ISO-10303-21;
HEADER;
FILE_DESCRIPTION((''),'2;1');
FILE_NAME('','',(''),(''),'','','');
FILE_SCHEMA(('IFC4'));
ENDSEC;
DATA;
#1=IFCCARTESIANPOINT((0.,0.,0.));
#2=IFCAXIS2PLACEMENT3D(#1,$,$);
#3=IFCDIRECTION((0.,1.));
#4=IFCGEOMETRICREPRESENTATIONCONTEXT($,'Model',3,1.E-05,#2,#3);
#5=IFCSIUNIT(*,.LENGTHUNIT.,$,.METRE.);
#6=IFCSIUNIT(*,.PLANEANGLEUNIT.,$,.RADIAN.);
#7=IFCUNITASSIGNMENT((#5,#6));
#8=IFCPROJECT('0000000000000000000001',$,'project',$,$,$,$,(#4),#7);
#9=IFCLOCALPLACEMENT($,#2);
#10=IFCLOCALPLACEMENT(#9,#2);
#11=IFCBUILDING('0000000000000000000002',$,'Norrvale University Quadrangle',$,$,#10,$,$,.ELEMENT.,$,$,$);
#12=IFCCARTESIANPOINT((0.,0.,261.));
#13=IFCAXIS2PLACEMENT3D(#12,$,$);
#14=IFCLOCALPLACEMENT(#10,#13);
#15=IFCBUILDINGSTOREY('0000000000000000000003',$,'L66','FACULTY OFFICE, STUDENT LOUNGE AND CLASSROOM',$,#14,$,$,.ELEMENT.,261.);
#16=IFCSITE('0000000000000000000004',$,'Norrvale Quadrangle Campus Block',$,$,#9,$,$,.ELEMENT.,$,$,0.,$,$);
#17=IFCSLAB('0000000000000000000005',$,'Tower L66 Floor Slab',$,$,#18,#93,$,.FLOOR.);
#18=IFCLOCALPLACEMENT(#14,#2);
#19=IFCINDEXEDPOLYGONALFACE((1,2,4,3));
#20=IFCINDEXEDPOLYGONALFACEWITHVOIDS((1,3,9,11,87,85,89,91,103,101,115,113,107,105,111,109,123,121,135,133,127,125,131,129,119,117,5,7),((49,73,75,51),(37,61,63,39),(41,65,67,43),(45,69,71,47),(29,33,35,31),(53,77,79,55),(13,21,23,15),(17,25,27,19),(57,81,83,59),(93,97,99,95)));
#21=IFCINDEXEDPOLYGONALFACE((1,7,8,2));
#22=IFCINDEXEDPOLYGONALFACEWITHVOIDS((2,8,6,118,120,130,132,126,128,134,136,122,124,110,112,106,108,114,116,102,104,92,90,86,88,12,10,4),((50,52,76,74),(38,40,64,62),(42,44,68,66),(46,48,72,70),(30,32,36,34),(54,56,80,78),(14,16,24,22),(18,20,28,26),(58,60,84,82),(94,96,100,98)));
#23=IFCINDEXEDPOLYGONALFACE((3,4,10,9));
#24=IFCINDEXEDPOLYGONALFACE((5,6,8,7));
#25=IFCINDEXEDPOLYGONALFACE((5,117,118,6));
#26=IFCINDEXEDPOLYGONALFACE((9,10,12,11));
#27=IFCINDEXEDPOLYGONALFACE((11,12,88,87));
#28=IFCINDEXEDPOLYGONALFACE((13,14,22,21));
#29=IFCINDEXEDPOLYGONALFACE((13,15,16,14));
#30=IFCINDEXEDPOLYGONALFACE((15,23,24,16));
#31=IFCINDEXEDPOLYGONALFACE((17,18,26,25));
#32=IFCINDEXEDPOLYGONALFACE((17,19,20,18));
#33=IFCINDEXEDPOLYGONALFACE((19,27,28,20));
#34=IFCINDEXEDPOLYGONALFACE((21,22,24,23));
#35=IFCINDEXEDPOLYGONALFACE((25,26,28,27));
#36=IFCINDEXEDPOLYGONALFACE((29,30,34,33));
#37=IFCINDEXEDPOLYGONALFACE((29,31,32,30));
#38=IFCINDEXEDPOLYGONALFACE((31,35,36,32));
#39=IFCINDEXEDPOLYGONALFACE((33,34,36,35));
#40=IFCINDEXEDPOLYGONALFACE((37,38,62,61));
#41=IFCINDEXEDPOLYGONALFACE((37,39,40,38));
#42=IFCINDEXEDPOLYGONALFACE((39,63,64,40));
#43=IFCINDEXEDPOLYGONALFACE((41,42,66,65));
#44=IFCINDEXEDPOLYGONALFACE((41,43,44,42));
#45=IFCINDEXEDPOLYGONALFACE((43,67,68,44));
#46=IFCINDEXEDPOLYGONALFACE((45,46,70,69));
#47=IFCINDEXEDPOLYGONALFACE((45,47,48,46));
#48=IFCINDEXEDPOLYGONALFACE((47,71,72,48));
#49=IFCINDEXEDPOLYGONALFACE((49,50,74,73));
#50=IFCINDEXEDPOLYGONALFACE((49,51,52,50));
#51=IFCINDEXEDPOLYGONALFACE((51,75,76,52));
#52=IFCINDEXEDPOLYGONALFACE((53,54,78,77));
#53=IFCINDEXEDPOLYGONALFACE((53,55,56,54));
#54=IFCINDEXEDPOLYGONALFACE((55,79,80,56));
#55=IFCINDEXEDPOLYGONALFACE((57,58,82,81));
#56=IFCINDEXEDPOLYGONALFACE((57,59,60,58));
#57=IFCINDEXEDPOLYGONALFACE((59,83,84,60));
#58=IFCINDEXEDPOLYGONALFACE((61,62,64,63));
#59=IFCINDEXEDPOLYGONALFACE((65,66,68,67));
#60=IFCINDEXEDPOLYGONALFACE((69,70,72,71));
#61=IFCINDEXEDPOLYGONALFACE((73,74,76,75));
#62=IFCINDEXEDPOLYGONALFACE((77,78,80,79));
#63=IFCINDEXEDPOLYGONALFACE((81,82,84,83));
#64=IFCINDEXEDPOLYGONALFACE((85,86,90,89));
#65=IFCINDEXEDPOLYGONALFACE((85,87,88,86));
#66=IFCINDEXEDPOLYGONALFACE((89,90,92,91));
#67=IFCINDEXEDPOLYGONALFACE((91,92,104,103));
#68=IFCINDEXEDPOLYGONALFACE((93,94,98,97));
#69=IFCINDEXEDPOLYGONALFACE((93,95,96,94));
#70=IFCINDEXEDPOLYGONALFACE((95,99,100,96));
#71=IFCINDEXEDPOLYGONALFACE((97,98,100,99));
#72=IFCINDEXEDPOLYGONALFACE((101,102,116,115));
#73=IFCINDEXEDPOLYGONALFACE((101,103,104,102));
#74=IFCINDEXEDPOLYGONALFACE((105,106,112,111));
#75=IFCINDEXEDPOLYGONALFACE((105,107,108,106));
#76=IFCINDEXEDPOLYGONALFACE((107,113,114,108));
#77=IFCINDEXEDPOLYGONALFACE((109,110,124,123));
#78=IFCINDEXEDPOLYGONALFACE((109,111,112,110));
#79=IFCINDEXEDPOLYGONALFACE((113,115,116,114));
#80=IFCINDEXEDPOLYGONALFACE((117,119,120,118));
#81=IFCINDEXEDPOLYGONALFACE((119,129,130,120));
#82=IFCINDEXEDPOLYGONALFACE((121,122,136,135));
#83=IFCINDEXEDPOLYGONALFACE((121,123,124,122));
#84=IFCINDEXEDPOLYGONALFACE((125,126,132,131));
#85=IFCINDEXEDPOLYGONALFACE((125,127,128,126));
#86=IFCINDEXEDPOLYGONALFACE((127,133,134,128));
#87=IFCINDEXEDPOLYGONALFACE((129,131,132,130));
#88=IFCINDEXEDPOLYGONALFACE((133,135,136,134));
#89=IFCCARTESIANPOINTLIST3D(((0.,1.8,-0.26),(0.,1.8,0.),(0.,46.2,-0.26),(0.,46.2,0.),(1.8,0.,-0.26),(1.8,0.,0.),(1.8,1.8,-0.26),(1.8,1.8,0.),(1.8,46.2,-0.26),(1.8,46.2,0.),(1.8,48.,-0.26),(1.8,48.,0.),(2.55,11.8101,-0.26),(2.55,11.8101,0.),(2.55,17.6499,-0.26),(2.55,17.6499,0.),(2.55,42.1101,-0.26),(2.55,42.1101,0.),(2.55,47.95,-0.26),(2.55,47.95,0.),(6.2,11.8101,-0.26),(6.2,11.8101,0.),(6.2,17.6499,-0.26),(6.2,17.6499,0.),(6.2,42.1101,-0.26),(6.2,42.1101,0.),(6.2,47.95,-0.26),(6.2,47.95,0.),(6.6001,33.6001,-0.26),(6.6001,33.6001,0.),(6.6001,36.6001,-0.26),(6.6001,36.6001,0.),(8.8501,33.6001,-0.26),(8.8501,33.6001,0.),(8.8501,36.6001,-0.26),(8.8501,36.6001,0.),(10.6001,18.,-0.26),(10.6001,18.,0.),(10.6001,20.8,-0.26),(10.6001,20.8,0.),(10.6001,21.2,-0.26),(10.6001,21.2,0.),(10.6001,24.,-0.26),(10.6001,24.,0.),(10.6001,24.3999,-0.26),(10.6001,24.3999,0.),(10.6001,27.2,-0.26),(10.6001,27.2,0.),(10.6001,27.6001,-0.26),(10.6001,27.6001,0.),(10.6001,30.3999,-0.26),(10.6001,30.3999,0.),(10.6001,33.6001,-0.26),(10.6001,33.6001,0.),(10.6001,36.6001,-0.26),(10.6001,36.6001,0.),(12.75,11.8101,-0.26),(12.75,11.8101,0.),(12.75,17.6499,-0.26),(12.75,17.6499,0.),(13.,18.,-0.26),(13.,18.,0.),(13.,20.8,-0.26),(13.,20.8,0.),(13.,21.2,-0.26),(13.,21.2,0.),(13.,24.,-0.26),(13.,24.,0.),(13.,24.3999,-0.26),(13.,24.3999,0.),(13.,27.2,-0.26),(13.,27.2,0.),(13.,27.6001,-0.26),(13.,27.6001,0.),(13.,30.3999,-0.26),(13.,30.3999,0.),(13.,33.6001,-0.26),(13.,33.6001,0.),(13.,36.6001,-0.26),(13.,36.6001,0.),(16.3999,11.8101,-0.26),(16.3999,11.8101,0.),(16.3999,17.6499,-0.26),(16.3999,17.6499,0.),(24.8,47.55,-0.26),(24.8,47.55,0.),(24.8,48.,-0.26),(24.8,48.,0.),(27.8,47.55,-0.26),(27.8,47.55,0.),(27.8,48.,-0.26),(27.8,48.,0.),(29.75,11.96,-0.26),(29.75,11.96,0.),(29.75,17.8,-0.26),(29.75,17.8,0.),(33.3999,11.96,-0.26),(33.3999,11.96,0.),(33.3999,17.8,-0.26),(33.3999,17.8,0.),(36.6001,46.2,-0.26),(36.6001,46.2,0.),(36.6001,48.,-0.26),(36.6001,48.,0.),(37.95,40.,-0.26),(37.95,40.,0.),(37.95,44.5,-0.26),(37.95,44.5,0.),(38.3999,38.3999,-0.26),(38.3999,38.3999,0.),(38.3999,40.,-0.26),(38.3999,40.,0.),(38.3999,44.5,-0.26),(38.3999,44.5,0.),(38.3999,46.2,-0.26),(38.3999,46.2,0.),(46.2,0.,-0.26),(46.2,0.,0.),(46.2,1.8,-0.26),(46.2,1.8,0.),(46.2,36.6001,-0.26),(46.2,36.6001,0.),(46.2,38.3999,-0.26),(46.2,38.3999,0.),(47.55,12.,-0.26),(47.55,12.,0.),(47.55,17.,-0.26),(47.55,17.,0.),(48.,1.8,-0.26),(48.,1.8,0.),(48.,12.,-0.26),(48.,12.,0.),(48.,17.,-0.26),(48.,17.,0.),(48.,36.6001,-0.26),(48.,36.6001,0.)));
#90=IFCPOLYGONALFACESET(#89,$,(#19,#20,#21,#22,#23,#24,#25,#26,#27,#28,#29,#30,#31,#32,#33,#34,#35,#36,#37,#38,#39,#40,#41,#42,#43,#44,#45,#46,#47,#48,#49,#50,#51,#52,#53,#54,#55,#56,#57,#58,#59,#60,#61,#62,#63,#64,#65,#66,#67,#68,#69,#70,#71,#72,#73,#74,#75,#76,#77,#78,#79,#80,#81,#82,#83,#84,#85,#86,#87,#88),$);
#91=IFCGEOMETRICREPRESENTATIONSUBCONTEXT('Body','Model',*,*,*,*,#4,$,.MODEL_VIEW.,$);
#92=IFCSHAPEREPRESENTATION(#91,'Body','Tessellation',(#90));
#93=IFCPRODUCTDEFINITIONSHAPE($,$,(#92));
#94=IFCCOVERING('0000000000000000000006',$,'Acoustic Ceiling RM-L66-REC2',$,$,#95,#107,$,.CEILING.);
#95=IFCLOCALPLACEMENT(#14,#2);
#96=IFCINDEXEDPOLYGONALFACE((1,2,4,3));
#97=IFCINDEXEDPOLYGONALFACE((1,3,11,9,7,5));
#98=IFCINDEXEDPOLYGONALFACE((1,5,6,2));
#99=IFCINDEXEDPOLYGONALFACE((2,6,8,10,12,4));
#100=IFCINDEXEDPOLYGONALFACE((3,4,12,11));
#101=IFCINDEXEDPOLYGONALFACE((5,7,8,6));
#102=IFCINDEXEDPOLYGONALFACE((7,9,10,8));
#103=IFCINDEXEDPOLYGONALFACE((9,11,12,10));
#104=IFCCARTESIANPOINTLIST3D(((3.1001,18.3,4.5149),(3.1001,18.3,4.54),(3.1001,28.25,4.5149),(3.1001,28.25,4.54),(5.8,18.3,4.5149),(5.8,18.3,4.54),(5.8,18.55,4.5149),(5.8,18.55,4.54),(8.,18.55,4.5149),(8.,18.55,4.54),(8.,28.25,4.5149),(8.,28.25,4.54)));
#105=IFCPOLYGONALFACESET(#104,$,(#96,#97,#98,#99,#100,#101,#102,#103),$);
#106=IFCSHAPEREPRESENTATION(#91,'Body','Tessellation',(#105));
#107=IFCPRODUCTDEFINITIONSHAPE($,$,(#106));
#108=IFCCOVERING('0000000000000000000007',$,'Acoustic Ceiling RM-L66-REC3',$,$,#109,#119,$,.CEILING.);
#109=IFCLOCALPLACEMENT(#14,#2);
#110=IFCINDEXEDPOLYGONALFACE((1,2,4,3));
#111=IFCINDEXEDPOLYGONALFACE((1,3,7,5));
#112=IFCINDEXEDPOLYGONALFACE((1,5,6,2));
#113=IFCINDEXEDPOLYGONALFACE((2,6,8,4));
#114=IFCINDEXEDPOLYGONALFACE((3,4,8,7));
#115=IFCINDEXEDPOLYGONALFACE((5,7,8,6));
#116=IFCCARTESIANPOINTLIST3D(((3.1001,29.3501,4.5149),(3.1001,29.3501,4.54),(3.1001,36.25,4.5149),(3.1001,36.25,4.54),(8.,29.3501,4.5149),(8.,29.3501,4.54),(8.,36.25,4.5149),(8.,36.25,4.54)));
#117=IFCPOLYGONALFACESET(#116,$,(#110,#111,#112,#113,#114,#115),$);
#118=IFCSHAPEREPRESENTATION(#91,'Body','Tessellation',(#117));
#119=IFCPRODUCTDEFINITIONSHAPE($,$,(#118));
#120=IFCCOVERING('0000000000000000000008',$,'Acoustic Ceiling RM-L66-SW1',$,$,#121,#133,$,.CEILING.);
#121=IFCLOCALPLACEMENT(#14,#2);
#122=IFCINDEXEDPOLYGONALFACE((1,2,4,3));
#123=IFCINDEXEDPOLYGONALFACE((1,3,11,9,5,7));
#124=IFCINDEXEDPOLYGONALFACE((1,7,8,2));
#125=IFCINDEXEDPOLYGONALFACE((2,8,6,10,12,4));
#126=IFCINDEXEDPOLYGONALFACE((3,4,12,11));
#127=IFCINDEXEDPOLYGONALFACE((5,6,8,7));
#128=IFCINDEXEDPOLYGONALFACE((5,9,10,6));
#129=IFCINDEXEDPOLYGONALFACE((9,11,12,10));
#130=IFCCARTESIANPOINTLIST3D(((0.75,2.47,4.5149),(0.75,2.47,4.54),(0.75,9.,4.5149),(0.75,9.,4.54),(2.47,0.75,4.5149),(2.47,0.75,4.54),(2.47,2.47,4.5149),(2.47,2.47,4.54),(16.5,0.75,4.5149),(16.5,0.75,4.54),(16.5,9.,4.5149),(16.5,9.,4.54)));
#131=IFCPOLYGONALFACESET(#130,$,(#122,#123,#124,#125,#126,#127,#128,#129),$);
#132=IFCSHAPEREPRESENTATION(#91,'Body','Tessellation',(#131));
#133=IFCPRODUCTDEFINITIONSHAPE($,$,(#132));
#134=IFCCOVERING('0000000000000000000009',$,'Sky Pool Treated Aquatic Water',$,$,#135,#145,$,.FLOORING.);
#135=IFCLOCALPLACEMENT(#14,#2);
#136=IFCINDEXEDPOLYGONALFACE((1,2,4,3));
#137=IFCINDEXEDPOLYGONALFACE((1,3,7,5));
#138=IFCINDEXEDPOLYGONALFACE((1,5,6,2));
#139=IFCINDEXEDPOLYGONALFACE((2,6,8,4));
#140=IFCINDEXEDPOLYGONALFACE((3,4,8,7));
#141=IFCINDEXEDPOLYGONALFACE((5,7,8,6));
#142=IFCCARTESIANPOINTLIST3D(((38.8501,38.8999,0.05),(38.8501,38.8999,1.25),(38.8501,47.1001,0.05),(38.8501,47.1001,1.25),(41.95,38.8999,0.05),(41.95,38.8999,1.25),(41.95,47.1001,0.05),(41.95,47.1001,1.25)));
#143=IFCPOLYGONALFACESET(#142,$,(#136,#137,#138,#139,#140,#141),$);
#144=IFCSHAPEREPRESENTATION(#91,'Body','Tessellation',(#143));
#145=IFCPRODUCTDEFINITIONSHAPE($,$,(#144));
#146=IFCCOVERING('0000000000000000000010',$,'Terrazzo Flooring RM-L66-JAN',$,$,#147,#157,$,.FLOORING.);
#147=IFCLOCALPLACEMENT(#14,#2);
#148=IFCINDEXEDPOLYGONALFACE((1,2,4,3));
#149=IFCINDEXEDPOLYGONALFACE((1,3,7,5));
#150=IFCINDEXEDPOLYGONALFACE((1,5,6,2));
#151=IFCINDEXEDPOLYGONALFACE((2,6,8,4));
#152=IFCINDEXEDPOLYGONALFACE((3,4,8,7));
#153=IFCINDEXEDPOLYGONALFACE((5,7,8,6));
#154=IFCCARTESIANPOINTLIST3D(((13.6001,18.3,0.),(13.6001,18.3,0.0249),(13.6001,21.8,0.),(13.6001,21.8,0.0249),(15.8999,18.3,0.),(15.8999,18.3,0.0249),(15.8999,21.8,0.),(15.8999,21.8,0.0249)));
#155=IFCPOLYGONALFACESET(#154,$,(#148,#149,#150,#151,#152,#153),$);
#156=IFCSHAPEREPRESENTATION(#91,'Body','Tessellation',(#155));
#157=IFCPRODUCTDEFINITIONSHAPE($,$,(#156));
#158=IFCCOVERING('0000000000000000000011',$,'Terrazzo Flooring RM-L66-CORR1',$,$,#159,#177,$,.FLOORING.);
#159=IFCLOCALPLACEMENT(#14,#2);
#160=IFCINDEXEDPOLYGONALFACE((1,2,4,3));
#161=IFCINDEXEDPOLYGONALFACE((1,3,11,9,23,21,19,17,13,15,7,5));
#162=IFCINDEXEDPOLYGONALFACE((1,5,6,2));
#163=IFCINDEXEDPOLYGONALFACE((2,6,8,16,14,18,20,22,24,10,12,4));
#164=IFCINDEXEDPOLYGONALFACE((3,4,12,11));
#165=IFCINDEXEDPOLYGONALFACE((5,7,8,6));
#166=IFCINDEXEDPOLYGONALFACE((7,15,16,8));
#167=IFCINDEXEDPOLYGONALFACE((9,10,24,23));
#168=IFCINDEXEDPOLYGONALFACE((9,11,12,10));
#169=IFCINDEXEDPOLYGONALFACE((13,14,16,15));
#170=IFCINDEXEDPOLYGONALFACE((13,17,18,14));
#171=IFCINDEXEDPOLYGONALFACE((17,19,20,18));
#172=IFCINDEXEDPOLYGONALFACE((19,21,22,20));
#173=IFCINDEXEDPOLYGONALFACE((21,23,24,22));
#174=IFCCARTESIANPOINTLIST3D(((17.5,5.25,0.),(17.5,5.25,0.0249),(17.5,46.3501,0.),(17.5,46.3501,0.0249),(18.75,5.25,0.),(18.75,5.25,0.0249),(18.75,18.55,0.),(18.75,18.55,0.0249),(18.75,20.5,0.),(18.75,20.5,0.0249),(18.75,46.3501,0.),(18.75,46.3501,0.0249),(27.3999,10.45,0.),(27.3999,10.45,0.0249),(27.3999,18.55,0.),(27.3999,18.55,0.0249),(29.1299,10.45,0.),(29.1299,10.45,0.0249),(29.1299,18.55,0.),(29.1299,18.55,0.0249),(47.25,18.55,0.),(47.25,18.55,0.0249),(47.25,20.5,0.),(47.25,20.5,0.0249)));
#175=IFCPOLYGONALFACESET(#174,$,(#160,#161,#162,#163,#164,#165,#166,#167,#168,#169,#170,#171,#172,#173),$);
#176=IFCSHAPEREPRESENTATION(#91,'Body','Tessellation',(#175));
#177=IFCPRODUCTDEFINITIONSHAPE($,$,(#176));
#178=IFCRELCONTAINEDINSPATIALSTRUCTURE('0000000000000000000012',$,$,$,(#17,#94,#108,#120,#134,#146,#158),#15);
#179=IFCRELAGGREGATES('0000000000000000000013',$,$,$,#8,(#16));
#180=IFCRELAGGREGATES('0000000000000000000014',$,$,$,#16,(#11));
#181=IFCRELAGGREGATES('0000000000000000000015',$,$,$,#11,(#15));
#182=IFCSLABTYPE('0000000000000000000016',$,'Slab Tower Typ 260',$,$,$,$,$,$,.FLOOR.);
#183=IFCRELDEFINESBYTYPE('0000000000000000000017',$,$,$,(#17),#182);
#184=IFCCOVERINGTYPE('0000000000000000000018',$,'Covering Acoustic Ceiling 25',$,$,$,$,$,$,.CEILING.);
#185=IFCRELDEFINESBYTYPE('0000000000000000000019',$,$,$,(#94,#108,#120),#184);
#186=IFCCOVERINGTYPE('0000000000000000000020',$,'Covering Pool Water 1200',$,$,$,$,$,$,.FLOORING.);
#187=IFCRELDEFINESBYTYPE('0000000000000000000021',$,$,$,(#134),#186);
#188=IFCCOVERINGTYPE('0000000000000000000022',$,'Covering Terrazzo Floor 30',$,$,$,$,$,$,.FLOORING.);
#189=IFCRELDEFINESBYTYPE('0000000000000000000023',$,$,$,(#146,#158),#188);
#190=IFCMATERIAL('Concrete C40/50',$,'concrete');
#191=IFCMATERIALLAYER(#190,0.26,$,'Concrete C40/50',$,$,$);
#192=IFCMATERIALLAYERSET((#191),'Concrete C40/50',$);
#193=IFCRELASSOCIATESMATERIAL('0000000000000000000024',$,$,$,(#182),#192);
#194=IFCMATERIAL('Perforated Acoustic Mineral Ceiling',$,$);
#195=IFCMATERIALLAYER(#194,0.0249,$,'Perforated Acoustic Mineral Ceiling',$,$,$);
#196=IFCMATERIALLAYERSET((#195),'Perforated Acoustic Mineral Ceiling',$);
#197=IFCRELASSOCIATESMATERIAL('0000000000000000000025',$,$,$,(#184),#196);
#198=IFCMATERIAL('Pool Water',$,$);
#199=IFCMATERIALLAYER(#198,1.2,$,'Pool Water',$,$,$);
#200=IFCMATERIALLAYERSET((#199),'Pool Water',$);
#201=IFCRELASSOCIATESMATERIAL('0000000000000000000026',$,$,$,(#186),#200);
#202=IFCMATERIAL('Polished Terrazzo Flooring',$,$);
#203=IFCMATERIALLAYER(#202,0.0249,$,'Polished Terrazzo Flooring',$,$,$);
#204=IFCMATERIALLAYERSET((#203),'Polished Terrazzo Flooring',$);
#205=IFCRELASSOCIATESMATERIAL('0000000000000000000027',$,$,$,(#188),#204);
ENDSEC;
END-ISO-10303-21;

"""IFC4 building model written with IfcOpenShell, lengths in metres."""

from ifc_helpers import new_model, si_unit, direction, frame, origin, place, context, subcontext, project, spatial, polyline, outline, extrude, material, layer, layer_set, type_object, element, save


model = new_model("IFC4")

# Units and contexts
model_context = context("Model", 3, precision=1e-05, world=origin(), true_north=direction((0.0, 1.0)))
body_context = subcontext(model_context, "Body", "Model", "MODEL_VIEW")
ifc_project = project(units=[si_unit("LENGTHUNIT", "METRE"), si_unit("PLANEANGLEUNIT", "RADIAN")], contexts=[model_context])

# Site, building, storey
site_placement = place(None, origin())
site = spatial("IfcSite", under=ifc_project, at=site_placement, Name="Norrvale Quadrangle Campus Block", CompositionType="ELEMENT", RefElevation=0.0)
building_placement = place(site_placement, origin())
building = spatial("IfcBuilding", under=site, at=building_placement, Name="Norrvale University Quadrangle", CompositionType="ELEMENT")
storey_placement = place(building_placement, frame((0.0, 0.0, 261.0)))
storey = spatial("IfcBuildingStorey", under=building, at=storey_placement, Name="L66", Description="FACULTY OFFICE, STUDENT LOUNGE AND CLASSROOM", CompositionType="ELEMENT", Elevation=261.0)

# Shared definitions
ifc_material_1 = material(Name="Concrete C40/50", Category="concrete")

# Slab
ifc_layer_1 = layer(ifc_material_1, 0.26, Name="Concrete C40/50")
ifc_layer_set_1 = layer_set([ifc_layer_1], Name="Concrete C40/50")
slab_type_1 = type_object("IfcSlabType", Name="Slab Tower Typ 260", PredefinedType="FLOOR", material=ifc_layer_set_1)
slab_1_placement = place(storey_placement, frame((0.0, 0.0, -0.26)))
element("IfcSlab", 1, at=slab_1_placement, inside=storey, type_object=slab_type_1, Name="Tower L66 Floor Slab", PredefinedType="FLOOR", context=body_context, shape_type="SweptSolid", body=[
    extrude(outline(polyline([(46.2, 0.0), (1.8, 0.0), (1.8, 1.8), (0.0, 1.8), (0.0, 46.2), (1.8, 46.2), (1.8, 48.0), (24.8, 48.0), (24.8, 47.55), (27.8, 47.55), (27.8, 48.0), (36.6001, 48.0), (36.6001, 46.2), (38.3999, 46.2), (38.3999, 44.5), (37.95, 44.5), (37.95, 40.0), (38.3999, 40.0), (38.3999, 38.3999), (46.2, 38.3999), (46.2, 36.6001), (48.0, 36.6001), (48.0, 17.0), (47.55, 17.0), (47.55, 12.0), (48.0, 12.0), (48.0, 1.8), (46.2, 1.8), (46.2, 0.0)]), holes=[polyline([(2.55, 11.8101), (6.2, 11.8101), (6.2, 17.6499), (2.55, 17.6499), (2.55, 11.8101)]), polyline([(2.55, 42.1101), (6.2, 42.1101), (6.2, 47.95), (2.55, 47.95), (2.55, 42.1101)]), polyline([(12.75, 11.8101), (16.3999, 11.8101), (16.3999, 17.6499), (12.75, 17.6499), (12.75, 11.8101)]), polyline([(29.75, 11.96), (33.3999, 11.96), (33.3999, 17.8), (29.75, 17.8), (29.75, 11.96)]), polyline([(10.6001, 18.0), (13.0, 18.0), (13.0, 20.8), (10.6001, 20.8), (10.6001, 18.0)]), polyline([(10.6001, 21.2), (13.0, 21.2), (13.0, 24.0), (10.6001, 24.0), (10.6001, 21.2)]), polyline([(10.6001, 24.3999), (13.0, 24.3999), (13.0, 27.2), (10.6001, 27.2), (10.6001, 24.3999)]), polyline([(10.6001, 27.6001), (13.0, 27.6001), (13.0, 30.3999), (10.6001, 30.3999), (10.6001, 27.6001)]), polyline([(6.6001, 33.6001), (8.8501, 33.6001), (8.8501, 36.6001), (6.6001, 36.6001), (6.6001, 33.6001)]), polyline([(10.6001, 33.6001), (13.0, 33.6001), (13.0, 36.6001), (10.6001, 36.6001), (10.6001, 33.6001)])]), origin(), (0.0, 0.0, 1.0), 0.26),
])

# Coverings
ifc_material_2 = material(Name="Perforated Acoustic Mineral Ceiling")
ifc_layer_2 = layer(ifc_material_2, 0.0249, Name="Perforated Acoustic Mineral Ceiling")
ifc_layer_set_2 = layer_set([ifc_layer_2], Name="Perforated Acoustic Mineral Ceiling")
covering_type_1 = type_object("IfcCoveringType", Name="Covering Acoustic Ceiling 25", PredefinedType="CEILING", material=ifc_layer_set_2)
covering_1_placement = place(storey_placement, frame((0.0, 0.0, 4.5149)))
element("IfcCovering", 2, at=covering_1_placement, inside=storey, type_object=covering_type_1, Name="Acoustic Ceiling RM-L66-REC2", PredefinedType="CEILING", context=body_context, shape_type="SweptSolid", body=[
    extrude(outline(polyline([(3.1001, 18.3), (3.1001, 28.25), (8.0, 28.25), (8.0, 18.55), (5.8, 18.55), (5.8, 18.3), (3.1001, 18.3)])), origin(), (0.0, 0.0, 1.0), 0.0251),
])
covering_2_placement = place(storey_placement, frame((0.0, 0.0, 4.5149)))
element("IfcCovering", 3, at=covering_2_placement, inside=storey, type_object=covering_type_1, Name="Acoustic Ceiling RM-L66-REC3", PredefinedType="CEILING", context=body_context, shape_type="SweptSolid", body=[
    extrude(outline(polyline([(3.1001, 29.3501), (3.1001, 36.25), (8.0, 36.25), (8.0, 29.3501), (3.1001, 29.3501)])), origin(), (0.0, 0.0, 1.0), 0.0251),
])
covering_3_placement = place(storey_placement, frame((0.0, 0.0, 4.5149)))
element("IfcCovering", 4, at=covering_3_placement, inside=storey, type_object=covering_type_1, Name="Acoustic Ceiling RM-L66-SW1", PredefinedType="CEILING", context=body_context, shape_type="SweptSolid", body=[
    extrude(outline(polyline([(0.75, 9.0), (16.5, 9.0), (16.5, 0.75), (2.47, 0.75), (2.47, 2.47), (0.75, 2.47), (0.75, 9.0)])), origin(), (0.0, 0.0, 1.0), 0.0251),
])
ifc_material_3 = material(Name="Pool Water")
ifc_layer_3 = layer(ifc_material_3, 1.2, Name="Pool Water")
ifc_layer_set_3 = layer_set([ifc_layer_3], Name="Pool Water")
covering_type_2 = type_object("IfcCoveringType", Name="Covering Pool Water 1200", PredefinedType="FLOORING", material=ifc_layer_set_3)
covering_4_placement = place(storey_placement, frame((0.0, 0.0, 0.05)))
element("IfcCovering", 5, at=covering_4_placement, inside=storey, type_object=covering_type_2, Name="Sky Pool Treated Aquatic Water", PredefinedType="FLOORING", context=body_context, shape_type="SweptSolid", body=[
    extrude(outline(polyline([(38.8501, 38.8999), (41.95, 38.8999), (41.95, 47.1001), (38.8501, 47.1001), (38.8501, 38.8999)])), origin(), (0.0, 0.0, 1.0), 1.2),
])
ifc_material_4 = material(Name="Polished Terrazzo Flooring")
ifc_layer_4 = layer(ifc_material_4, 0.0249, Name="Polished Terrazzo Flooring")
ifc_layer_set_4 = layer_set([ifc_layer_4], Name="Polished Terrazzo Flooring")
covering_type_3 = type_object("IfcCoveringType", Name="Covering Terrazzo Floor 30", PredefinedType="FLOORING", material=ifc_layer_set_4)
covering_5_placement = place(storey_placement, origin())
element("IfcCovering", 6, at=covering_5_placement, inside=storey, type_object=covering_type_3, Name="Terrazzo Flooring RM-L66-JAN", PredefinedType="FLOORING", context=body_context, shape_type="SweptSolid", body=[
    extrude(outline(polyline([(13.6001, 18.3), (13.6001, 21.8), (15.8999, 21.8), (15.8999, 18.3), (13.6001, 18.3)])), origin(), (0.0, 0.0, 1.0), 0.0249),
])
covering_6_placement = place(storey_placement, origin())
element("IfcCovering", 7, at=covering_6_placement, inside=storey, type_object=covering_type_3, Name="Terrazzo Flooring RM-L66-CORR1", PredefinedType="FLOORING", context=body_context, shape_type="SweptSolid", body=[
    extrude(outline(polyline([(17.5, 5.25), (17.5, 46.3501), (18.75, 46.3501), (18.75, 20.5), (47.25, 20.5), (47.25, 18.55), (29.1299, 18.55), (29.1299, 10.45), (27.3999, 10.45), (27.3999, 18.55), (18.75, 18.55), (18.75, 5.25), (17.5, 5.25)])), origin(), (0.0, 0.0, 1.0), 0.0249),
])

save(model, "model.ifc")
